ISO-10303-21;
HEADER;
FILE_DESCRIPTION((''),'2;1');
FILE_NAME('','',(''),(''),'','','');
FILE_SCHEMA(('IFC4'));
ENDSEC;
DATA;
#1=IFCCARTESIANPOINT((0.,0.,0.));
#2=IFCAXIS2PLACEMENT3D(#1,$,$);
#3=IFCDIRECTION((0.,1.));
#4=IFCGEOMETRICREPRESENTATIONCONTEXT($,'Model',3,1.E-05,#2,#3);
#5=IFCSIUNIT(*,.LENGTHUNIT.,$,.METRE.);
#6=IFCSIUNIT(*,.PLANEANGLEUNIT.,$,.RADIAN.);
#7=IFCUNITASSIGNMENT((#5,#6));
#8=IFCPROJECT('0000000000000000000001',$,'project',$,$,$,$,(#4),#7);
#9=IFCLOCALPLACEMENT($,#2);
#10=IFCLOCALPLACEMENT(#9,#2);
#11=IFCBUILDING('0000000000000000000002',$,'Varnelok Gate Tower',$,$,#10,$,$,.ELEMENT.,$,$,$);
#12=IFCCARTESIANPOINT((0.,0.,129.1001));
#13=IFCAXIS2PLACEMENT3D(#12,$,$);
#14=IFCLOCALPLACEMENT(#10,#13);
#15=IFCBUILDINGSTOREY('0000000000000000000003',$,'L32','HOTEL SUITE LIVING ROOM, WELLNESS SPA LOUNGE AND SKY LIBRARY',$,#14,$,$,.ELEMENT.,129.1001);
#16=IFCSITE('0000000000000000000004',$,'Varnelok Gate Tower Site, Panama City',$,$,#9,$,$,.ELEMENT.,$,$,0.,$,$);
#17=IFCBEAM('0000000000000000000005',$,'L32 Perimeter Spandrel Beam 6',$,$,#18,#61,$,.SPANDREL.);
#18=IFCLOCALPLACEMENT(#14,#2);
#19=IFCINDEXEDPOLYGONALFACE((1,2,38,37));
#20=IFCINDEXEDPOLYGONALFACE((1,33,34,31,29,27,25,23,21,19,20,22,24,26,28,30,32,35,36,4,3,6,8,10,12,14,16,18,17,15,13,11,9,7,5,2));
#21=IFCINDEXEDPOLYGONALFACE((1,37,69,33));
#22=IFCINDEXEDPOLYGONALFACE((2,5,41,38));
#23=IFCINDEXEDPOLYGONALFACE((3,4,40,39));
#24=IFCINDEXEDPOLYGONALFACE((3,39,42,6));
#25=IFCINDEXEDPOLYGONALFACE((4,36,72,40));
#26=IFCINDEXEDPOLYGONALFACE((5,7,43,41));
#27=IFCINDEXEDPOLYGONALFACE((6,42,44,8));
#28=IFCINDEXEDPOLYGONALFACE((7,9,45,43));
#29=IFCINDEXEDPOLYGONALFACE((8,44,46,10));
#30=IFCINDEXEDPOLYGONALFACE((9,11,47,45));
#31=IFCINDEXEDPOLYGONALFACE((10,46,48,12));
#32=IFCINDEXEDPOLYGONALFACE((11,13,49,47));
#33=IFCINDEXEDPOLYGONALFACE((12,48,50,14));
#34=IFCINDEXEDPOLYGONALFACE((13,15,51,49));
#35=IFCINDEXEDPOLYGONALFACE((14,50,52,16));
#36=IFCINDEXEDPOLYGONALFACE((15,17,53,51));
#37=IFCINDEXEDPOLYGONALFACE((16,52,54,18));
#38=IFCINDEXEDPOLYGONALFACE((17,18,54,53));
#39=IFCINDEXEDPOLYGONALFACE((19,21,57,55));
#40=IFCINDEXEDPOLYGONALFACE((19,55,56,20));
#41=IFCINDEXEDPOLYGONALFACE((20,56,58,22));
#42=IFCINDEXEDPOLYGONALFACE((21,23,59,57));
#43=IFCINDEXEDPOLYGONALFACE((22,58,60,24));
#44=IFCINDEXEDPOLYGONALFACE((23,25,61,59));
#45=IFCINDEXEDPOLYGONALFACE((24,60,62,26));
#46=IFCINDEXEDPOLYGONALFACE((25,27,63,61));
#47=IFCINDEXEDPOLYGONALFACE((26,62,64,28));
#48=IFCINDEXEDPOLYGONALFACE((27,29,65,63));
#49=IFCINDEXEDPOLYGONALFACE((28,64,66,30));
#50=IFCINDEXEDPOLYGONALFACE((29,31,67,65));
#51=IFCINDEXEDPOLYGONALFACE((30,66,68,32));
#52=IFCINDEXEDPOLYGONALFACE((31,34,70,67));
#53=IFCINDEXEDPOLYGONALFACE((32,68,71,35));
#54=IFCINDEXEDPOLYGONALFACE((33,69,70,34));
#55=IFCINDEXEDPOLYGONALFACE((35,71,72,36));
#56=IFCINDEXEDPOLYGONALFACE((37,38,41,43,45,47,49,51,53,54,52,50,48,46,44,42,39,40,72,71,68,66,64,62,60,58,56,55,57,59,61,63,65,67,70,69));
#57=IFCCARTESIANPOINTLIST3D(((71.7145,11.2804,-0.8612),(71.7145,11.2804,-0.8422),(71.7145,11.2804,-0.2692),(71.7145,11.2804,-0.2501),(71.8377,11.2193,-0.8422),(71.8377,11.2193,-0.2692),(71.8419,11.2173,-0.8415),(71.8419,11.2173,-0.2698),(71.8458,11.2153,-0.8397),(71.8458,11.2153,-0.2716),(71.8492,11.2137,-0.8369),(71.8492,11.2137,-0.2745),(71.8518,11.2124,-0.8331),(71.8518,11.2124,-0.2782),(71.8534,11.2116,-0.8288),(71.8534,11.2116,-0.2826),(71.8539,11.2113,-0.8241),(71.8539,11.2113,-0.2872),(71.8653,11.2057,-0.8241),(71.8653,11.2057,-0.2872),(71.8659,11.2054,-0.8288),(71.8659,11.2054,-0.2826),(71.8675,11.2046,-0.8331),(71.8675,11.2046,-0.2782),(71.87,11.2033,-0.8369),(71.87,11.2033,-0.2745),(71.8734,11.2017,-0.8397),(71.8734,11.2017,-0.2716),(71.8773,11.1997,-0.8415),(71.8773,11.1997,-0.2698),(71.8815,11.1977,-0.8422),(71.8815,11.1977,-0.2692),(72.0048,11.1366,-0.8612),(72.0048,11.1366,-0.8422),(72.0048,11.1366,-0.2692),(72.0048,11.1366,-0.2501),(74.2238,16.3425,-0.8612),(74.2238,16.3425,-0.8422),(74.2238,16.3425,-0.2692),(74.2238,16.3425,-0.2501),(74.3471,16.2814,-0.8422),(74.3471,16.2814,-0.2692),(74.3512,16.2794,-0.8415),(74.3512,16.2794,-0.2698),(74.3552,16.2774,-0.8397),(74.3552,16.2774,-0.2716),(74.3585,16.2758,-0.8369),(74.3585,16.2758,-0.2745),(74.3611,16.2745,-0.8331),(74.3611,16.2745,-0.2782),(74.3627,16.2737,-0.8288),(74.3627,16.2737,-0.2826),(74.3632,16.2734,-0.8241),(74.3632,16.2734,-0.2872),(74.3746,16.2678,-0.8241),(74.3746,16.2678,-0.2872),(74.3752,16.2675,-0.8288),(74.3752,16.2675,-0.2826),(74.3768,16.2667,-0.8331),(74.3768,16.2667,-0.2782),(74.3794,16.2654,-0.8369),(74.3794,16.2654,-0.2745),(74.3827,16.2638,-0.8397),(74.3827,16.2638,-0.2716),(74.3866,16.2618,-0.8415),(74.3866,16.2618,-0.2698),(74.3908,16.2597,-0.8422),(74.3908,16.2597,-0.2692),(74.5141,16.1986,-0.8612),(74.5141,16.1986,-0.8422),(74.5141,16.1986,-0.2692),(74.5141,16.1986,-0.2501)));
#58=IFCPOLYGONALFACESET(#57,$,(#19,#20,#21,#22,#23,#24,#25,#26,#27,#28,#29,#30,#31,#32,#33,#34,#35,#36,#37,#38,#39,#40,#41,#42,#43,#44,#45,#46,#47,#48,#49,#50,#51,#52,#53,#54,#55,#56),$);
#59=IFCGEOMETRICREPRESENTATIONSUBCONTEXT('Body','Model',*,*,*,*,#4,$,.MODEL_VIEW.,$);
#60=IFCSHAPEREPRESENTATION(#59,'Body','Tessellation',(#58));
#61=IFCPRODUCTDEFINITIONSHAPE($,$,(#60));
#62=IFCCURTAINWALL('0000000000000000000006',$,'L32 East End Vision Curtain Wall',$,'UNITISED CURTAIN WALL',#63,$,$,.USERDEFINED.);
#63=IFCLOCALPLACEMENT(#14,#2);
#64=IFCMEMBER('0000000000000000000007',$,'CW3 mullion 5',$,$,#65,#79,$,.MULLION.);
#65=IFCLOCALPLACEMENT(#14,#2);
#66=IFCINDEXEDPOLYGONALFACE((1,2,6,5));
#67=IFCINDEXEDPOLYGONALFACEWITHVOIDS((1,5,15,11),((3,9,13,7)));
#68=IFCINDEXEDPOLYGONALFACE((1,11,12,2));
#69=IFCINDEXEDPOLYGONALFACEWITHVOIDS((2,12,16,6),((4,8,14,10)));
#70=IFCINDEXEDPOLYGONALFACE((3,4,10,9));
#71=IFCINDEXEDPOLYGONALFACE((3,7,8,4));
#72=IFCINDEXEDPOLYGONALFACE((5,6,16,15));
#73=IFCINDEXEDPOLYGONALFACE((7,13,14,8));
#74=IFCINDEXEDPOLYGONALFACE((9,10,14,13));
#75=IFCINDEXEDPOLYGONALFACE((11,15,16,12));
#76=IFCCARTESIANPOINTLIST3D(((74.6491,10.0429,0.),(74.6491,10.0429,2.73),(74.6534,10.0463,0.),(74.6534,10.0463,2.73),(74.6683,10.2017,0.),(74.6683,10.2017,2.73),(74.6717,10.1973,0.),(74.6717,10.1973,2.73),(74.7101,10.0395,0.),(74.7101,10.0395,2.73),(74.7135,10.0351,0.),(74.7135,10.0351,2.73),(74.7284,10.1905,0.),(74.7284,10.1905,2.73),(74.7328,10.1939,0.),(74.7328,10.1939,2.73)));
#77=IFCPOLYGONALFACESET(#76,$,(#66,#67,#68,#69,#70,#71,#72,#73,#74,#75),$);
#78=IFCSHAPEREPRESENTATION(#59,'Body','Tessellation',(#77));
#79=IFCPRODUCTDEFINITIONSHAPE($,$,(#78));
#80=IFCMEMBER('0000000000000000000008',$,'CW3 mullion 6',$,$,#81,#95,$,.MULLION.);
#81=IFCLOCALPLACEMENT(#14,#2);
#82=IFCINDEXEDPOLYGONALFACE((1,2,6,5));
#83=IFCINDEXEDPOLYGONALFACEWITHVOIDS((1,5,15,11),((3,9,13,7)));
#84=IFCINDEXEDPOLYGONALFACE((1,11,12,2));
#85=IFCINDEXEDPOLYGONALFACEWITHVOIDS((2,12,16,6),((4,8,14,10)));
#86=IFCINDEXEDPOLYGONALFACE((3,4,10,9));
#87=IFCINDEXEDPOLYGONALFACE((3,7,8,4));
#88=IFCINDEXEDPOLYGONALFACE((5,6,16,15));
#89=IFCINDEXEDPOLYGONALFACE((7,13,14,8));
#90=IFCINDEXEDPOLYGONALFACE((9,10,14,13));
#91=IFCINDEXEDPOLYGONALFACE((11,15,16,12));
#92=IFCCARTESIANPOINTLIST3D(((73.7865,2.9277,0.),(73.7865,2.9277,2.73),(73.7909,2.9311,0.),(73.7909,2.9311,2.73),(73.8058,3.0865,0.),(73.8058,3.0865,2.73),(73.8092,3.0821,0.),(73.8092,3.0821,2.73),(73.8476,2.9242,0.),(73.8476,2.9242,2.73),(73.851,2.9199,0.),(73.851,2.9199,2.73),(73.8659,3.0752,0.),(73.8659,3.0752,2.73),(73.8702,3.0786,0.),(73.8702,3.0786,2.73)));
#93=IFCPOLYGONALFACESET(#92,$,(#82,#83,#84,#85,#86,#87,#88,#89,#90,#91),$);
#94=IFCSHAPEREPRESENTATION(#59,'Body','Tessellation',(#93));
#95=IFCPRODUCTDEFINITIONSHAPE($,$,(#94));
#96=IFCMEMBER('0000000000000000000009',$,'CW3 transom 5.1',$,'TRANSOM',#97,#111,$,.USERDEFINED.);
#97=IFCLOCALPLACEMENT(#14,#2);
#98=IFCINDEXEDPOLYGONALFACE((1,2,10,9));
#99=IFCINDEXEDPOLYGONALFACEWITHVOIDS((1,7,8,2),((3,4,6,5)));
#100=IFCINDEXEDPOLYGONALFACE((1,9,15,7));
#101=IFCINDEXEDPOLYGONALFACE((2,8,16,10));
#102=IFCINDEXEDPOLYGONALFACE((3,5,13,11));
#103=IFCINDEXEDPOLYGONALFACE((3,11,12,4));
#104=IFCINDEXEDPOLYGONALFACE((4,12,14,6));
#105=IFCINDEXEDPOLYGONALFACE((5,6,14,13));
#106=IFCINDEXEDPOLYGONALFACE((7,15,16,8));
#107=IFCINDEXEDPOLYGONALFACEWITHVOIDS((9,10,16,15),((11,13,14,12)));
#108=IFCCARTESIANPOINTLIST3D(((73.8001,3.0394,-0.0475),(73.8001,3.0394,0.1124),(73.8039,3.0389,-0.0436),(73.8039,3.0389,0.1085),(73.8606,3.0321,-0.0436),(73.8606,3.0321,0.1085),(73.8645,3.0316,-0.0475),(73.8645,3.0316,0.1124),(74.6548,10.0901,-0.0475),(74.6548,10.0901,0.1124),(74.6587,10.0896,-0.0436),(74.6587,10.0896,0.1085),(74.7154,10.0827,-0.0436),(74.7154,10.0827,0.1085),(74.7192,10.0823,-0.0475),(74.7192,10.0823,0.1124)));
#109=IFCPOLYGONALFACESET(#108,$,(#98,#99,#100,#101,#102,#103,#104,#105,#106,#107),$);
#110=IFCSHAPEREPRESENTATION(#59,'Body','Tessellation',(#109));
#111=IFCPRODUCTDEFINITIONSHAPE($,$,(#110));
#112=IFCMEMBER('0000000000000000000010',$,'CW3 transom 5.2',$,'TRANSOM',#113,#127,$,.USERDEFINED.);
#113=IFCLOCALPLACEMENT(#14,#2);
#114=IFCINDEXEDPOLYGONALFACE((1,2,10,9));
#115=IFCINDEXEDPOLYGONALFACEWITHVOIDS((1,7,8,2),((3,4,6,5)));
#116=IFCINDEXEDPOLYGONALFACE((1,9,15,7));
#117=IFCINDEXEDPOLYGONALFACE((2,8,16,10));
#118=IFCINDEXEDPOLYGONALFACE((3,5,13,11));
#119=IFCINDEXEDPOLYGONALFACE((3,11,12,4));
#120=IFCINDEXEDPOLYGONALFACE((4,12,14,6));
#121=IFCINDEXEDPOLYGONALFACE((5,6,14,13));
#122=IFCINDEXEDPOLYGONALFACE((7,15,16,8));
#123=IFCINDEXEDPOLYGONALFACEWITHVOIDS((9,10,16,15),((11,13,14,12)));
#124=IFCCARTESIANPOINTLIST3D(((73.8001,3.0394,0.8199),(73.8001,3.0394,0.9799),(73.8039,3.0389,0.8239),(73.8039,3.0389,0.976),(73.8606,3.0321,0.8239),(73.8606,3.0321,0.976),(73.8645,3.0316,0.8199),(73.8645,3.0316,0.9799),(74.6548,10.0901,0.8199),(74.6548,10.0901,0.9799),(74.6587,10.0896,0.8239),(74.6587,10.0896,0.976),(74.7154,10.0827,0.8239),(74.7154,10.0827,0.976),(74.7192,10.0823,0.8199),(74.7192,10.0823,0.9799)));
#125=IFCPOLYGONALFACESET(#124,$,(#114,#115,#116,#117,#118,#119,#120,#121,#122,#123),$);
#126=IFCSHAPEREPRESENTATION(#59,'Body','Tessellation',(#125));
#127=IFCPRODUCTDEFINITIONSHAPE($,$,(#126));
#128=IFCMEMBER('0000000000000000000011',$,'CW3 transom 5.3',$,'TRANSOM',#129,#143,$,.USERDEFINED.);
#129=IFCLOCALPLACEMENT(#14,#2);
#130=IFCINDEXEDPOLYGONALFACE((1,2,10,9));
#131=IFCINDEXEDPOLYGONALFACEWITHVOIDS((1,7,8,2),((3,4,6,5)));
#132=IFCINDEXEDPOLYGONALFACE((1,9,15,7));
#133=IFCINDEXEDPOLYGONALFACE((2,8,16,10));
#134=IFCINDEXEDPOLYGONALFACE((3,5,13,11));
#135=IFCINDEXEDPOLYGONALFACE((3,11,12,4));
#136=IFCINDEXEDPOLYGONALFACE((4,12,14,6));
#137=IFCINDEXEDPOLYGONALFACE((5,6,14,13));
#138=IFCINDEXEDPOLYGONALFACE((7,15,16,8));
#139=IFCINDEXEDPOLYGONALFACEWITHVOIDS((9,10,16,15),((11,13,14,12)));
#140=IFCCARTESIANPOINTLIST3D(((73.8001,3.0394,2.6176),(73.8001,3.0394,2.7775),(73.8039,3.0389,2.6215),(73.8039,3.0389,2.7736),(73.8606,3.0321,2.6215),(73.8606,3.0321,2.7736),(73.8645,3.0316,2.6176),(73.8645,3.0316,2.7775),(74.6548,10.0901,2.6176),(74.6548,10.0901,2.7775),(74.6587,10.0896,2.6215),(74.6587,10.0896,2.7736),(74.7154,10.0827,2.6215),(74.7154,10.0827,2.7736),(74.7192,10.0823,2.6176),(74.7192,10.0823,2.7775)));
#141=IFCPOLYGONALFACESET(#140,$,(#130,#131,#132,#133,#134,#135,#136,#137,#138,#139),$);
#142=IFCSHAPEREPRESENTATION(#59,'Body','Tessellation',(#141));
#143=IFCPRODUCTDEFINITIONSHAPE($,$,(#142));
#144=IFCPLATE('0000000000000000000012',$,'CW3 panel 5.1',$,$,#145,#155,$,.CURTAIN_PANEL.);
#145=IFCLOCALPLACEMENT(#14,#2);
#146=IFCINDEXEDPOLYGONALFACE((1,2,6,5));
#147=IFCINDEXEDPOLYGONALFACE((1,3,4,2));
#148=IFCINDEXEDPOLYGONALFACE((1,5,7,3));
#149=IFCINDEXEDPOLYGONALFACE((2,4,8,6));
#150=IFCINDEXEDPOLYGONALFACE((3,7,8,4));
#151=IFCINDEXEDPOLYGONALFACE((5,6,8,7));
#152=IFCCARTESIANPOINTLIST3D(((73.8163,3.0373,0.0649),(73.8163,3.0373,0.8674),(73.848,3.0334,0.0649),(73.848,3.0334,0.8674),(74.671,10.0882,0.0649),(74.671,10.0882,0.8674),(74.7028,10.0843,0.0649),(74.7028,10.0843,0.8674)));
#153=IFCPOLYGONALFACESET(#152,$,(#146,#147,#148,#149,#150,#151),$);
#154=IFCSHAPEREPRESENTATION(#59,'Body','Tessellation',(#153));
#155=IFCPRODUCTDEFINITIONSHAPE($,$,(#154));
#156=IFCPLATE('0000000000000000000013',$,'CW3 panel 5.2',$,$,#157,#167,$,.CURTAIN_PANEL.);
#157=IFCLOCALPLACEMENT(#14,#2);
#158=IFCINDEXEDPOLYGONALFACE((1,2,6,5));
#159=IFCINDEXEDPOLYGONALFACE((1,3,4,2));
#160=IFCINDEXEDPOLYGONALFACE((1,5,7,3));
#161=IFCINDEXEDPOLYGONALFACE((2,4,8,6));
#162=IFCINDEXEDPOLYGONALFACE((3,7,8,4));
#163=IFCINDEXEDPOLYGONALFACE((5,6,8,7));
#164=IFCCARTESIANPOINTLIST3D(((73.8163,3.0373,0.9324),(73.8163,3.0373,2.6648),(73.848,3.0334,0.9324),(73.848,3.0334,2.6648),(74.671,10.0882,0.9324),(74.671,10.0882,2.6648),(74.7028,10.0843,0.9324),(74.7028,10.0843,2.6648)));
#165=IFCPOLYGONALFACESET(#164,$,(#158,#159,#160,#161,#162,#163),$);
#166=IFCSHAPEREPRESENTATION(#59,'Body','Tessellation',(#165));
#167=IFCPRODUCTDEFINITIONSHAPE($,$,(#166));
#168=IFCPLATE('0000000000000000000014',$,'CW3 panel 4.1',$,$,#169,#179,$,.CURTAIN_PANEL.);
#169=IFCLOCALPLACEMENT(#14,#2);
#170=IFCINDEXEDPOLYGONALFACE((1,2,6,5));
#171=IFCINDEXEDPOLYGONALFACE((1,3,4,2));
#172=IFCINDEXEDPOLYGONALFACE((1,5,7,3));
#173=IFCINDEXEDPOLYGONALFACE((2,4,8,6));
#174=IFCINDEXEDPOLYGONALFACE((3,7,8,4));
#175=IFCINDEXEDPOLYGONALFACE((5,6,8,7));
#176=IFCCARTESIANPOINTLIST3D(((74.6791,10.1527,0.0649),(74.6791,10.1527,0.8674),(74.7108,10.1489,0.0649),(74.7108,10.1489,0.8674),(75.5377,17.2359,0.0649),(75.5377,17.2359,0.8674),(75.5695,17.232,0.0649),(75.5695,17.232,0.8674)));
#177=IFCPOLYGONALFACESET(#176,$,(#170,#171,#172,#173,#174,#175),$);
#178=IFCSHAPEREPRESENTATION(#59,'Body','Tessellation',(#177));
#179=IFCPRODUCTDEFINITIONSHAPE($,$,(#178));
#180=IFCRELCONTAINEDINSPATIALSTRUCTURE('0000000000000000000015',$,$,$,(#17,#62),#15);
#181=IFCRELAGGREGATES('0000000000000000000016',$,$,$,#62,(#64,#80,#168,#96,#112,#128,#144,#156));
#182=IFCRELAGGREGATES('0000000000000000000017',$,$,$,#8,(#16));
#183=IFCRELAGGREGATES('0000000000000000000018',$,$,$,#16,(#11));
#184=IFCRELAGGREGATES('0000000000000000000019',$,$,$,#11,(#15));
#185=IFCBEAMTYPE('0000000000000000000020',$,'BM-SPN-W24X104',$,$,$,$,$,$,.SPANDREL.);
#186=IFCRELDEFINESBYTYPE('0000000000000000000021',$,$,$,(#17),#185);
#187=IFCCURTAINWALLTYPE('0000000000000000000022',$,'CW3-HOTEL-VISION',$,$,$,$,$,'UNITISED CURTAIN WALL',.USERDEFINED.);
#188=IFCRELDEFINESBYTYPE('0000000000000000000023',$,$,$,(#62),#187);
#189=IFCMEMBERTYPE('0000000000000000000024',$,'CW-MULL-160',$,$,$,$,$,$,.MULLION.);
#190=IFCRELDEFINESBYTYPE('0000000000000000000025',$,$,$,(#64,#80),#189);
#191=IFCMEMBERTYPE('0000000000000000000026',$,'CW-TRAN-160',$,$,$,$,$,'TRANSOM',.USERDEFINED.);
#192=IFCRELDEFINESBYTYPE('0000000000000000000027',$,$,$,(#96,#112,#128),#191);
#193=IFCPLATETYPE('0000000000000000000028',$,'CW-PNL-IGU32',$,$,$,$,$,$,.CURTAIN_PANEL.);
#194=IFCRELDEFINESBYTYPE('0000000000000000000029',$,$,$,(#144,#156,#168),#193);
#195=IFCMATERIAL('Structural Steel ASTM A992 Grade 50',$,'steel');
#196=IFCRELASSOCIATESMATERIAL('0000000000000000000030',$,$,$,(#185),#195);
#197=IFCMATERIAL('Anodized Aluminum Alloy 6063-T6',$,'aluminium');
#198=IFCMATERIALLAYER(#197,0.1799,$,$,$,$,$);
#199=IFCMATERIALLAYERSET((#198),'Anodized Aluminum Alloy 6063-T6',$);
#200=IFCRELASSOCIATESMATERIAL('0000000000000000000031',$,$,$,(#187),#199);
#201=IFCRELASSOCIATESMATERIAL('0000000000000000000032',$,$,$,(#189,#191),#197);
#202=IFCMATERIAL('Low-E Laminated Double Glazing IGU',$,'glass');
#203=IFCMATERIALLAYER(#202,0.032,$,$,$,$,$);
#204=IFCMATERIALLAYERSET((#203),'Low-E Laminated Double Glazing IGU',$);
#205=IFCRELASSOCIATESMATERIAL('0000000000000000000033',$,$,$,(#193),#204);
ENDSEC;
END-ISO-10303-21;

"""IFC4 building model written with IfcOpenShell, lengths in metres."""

from ifc_helpers import new_model, si_unit, direction, frame, origin, origin_2d, place, context, subcontext, project, spatial, rectangle, hollow_rectangle, i_section, extrude, source, transform, mapped, material, layer, layer_set, material_profile, profile_set, type_object, element, aggregate, save


model = new_model("IFC4")

# Units and contexts
model_context = context("Model", 3, precision=1e-05, world=origin(), true_north=direction((0.0, 1.0)))
body_context = subcontext(model_context, "Body", "Model", "MODEL_VIEW")
ifc_project = project(units=[si_unit("LENGTHUNIT", "METRE"), si_unit("PLANEANGLEUNIT", "RADIAN")], contexts=[model_context])

# Site, building, storey
site_placement = place(None, origin())
site = spatial("IfcSite", under=ifc_project, at=site_placement, Name="Varnelok Gate Tower Site, Panama City", CompositionType="ELEMENT", RefElevation=0.0)
building_placement = place(site_placement, origin())
building = spatial("IfcBuilding", under=site, at=building_placement, Name="Varnelok Gate Tower", CompositionType="ELEMENT")
storey_placement = place(building_placement, frame((0.0, 0.0, 129.1001)))
storey = spatial("IfcBuildingStorey", under=building, at=storey_placement, Name="L32", Description="HOTEL SUITE LIVING ROOM, WELLNESS SPA LOUNGE AND SKY LIBRARY", CompositionType="ELEMENT", Elevation=129.1001)

# Shared definitions
ifc_material_1 = material(Name="Structural Steel ASTM A992 Grade 50", Category="steel")

# Beam
ifc_material_profile_1 = material_profile(ifc_material_1, i_section(OverallWidth=0.324, OverallDepth=0.6111, WebThickness=0.0127, FlangeThickness=0.019, FilletRadius=0.0181, at=origin_2d()), Name="W24X104")
ifc_profile_set_1 = profile_set([ifc_material_profile_1], Name="Structural Steel ASTM A992 Grade 50")
beam_type_1 = type_object("IfcBeamType", Name="BM-SPN-W24X104", PredefinedType="SPANDREL", material=ifc_profile_set_1)
beam_1_placement = place(storey_placement, frame((71.8596, 11.2085, -0.5557), z_axis=(0.444134, 0.89596, 0.0), x_axis=(-0.89596, 0.444134, 0.0)))
element("IfcBeam", 1, at=beam_1_placement, inside=storey, type_object=beam_type_1, Name="L32 Perimeter Spandrel Beam 6", PredefinedType="SPANDREL", context=body_context, shape_type="SweptSolid", body=[
    extrude(i_section(OverallWidth=0.324, OverallDepth=0.6111, WebThickness=0.0127, FlangeThickness=0.019, FilletRadius=0.0181, at=origin_2d()), origin(), (0.0, 0.0, 1.0), 5.6499),
])

# Curtain wall, members, plates
ifc_material_2 = material(Name="Anodized Aluminum Alloy 6063-T6", Category="aluminium")
ifc_layer_1 = layer(ifc_material_2, 0.1799)
ifc_layer_set_1 = layer_set([ifc_layer_1], Name="Anodized Aluminum Alloy 6063-T6")
curtain_wall_type = type_object("IfcCurtainWallType", Name="CW3-HOTEL-VISION", ElementType="UNITISED CURTAIN WALL", PredefinedType="USERDEFINED", material=ifc_layer_set_1)
curtain_wall_placement = place(storey_placement, origin())
curtain_wall = element("IfcCurtainWall", 2, at=curtain_wall_placement, inside=storey, type_object=curtain_wall_type, Name="L32 East End Vision Curtain Wall", ObjectType="UNITISED CURTAIN WALL", PredefinedType="USERDEFINED")
ifc_material_profile_2 = material_profile(ifc_material_2, hollow_rectangle(XDim=0.0649, YDim=0.1599, WallThickness=0.0039, at=origin_2d()), Name="ALU160X65X4")
ifc_profile_set_2 = profile_set([ifc_material_profile_2], Name="Anodized Aluminum Alloy 6063-T6")
member_type_1 = type_object("IfcMemberType", Name="CW-MULL-160", PredefinedType="MULLION", material=ifc_profile_set_2)
member_1_placement = place(storey_placement, frame((74.6909, 10.1184, 0.0), z_axis=(0.0, 0.0, 1.0), x_axis=(0.992732, -0.120347, 0.0)))
member_1 = element("IfcMember", 3, at=member_1_placement, type_object=member_type_1, Name="CW3 mullion 5", PredefinedType="MULLION", context=body_context, shape_type="SweptSolid", body=[
    extrude(hollow_rectangle(XDim=0.0649, YDim=0.1599, WallThickness=0.0039, at=origin_2d()), origin(), (0.0, 0.0, 1.0), 2.73),
])
member_2_placement = place(storey_placement, frame((73.8284, 3.0032, 0.0), z_axis=(0.0, 0.0, 1.0), x_axis=(0.992732, -0.120347, 0.0)))
member_2 = element("IfcMember", 4, at=member_2_placement, type_object=member_type_1, Name="CW3 mullion 6", PredefinedType="MULLION", context=body_context, shape_type="SweptSolid", body=[
    extrude(hollow_rectangle(XDim=0.0649, YDim=0.1599, WallThickness=0.0039, at=origin_2d()), origin(), (0.0, 0.0, 1.0), 2.73),
])
ifc_material_profile_3 = material_profile(ifc_material_2, hollow_rectangle(XDim=0.0649, YDim=0.1599, WallThickness=0.0039, at=origin_2d()), Name="ALU160X65X4")
ifc_profile_set_3 = profile_set([ifc_material_profile_3], Name="Anodized Aluminum Alloy 6063-T6")
member_type_2 = type_object("IfcMemberType", Name="CW-TRAN-160", ElementType="TRANSOM", PredefinedType="USERDEFINED", material=ifc_profile_set_3)
member_3_placement = place(storey_placement, frame((74.687, 10.0862, 0.0325), z_axis=(-0.120345, -0.992732, 0.0), x_axis=(0.992732, -0.120345, 0.0)))
member_3 = element("IfcMember", 5, at=member_3_placement, type_object=member_type_2, Name="CW3 transom 5.1", ObjectType="TRANSOM", PredefinedType="USERDEFINED", context=body_context, shape_type="SweptSolid", body=[
    extrude(hollow_rectangle(XDim=0.0649, YDim=0.1599, WallThickness=0.0039, at=origin_2d()), origin(), (0.0, 0.0, 1.0), 7.1023),
])
member_4_placement = place(storey_placement, frame((74.687, 10.0862, 0.8999), z_axis=(-0.120345, -0.992732, 0.0), x_axis=(0.992732, -0.120345, 0.0)))
member_4 = element("IfcMember", 6, at=member_4_placement, type_object=member_type_2, Name="CW3 transom 5.2", ObjectType="TRANSOM", PredefinedType="USERDEFINED", context=body_context, shape_type="SweptSolid", body=[
    extrude(hollow_rectangle(XDim=0.0649, YDim=0.1599, WallThickness=0.0039, at=origin_2d()), origin(), (0.0, 0.0, 1.0), 7.1023),
])
member_5_placement = place(storey_placement, frame((74.687, 10.0862, 2.6975), z_axis=(-0.120345, -0.992732, 0.0), x_axis=(0.992732, -0.120345, 0.0)))
member_5 = element("IfcMember", 7, at=member_5_placement, type_object=member_type_2, Name="CW3 transom 5.3", ObjectType="TRANSOM", PredefinedType="USERDEFINED", context=body_context, shape_type="SweptSolid", body=[
    extrude(hollow_rectangle(XDim=0.0649, YDim=0.1599, WallThickness=0.0039, at=origin_2d()), origin(), (0.0, 0.0, 1.0), 7.1023),
])
ifc_material_3 = material(Name="Low-E Laminated Double Glazing IGU", Category="glass")
ifc_layer_2 = layer(ifc_material_3, 0.032)
ifc_layer_set_2 = layer_set([ifc_layer_2], Name="Low-E Laminated Double Glazing IGU")
plate_type = type_object("IfcPlateType", Name="CW-PNL-IGU32", PredefinedType="CURTAIN_PANEL", material=ifc_layer_set_2)
shared_shape_1 = source(origin(), body_context, "Body", "SweptSolid", [
    extrude(rectangle(XDim=7.1025, YDim=0.032, at=origin_2d()), origin(), (0.0, 0.0, 1.0), 0.8025),
])
plate_1_placement = place(storey_placement, frame((74.2595, 6.5608, 0.0649), z_axis=(0.0, 0.0, 1.0), x_axis=(-0.120347, -0.992732, 0.0)))
plate_1 = element("IfcPlate", 8, at=plate_1_placement, type_object=plate_type, Name="CW3 panel 5.1", PredefinedType="CURTAIN_PANEL", context=body_context, shape_type="MappedRepresentation", body=[
    mapped(shared_shape_1, transform((0.0, 0.0, 0.0), scale=1.0)),
])
shared_shape_2 = source(origin(), body_context, "Body", "SweptSolid", [
    extrude(rectangle(XDim=7.1025, YDim=0.032, at=origin_2d()), origin(), (0.0, 0.0, 1.0), 1.7324),
])
plate_2_placement = place(storey_placement, frame((74.2595, 6.5608, 0.9324), z_axis=(0.0, 0.0, 1.0), x_axis=(-0.120347, -0.992732, 0.0)))
plate_2 = element("IfcPlate", 9, at=plate_2_placement, type_object=plate_type, Name="CW3 panel 5.2", PredefinedType="CURTAIN_PANEL", context=body_context, shape_type="MappedRepresentation", body=[
    mapped(shared_shape_2, transform((0.0, 0.0, 0.0), scale=1.0)),
])
shared_shape_3 = source(origin(), body_context, "Body", "SweptSolid", [
    extrude(rectangle(XDim=7.135, YDim=0.032, at=origin_2d()), origin(), (0.0, 0.0, 1.0), 0.8025),
])
plate_3_placement = place(storey_placement, frame((75.1243, 13.6924, 0.0649), z_axis=(0.0, 0.0, 1.0), x_axis=(-0.120347, -0.992732, 0.0)))
plate_3 = element("IfcPlate", 10, at=plate_3_placement, type_object=plate_type, Name="CW3 panel 4.1", PredefinedType="CURTAIN_PANEL", context=body_context, shape_type="MappedRepresentation", body=[
    mapped(shared_shape_3, transform((0.0, 0.0, 0.0), scale=1.0)),
])
aggregate(curtain_wall, [member_1, member_2, plate_3, member_3, member_4, member_5, plate_1, plate_2])

save(model, "model.ifc")
